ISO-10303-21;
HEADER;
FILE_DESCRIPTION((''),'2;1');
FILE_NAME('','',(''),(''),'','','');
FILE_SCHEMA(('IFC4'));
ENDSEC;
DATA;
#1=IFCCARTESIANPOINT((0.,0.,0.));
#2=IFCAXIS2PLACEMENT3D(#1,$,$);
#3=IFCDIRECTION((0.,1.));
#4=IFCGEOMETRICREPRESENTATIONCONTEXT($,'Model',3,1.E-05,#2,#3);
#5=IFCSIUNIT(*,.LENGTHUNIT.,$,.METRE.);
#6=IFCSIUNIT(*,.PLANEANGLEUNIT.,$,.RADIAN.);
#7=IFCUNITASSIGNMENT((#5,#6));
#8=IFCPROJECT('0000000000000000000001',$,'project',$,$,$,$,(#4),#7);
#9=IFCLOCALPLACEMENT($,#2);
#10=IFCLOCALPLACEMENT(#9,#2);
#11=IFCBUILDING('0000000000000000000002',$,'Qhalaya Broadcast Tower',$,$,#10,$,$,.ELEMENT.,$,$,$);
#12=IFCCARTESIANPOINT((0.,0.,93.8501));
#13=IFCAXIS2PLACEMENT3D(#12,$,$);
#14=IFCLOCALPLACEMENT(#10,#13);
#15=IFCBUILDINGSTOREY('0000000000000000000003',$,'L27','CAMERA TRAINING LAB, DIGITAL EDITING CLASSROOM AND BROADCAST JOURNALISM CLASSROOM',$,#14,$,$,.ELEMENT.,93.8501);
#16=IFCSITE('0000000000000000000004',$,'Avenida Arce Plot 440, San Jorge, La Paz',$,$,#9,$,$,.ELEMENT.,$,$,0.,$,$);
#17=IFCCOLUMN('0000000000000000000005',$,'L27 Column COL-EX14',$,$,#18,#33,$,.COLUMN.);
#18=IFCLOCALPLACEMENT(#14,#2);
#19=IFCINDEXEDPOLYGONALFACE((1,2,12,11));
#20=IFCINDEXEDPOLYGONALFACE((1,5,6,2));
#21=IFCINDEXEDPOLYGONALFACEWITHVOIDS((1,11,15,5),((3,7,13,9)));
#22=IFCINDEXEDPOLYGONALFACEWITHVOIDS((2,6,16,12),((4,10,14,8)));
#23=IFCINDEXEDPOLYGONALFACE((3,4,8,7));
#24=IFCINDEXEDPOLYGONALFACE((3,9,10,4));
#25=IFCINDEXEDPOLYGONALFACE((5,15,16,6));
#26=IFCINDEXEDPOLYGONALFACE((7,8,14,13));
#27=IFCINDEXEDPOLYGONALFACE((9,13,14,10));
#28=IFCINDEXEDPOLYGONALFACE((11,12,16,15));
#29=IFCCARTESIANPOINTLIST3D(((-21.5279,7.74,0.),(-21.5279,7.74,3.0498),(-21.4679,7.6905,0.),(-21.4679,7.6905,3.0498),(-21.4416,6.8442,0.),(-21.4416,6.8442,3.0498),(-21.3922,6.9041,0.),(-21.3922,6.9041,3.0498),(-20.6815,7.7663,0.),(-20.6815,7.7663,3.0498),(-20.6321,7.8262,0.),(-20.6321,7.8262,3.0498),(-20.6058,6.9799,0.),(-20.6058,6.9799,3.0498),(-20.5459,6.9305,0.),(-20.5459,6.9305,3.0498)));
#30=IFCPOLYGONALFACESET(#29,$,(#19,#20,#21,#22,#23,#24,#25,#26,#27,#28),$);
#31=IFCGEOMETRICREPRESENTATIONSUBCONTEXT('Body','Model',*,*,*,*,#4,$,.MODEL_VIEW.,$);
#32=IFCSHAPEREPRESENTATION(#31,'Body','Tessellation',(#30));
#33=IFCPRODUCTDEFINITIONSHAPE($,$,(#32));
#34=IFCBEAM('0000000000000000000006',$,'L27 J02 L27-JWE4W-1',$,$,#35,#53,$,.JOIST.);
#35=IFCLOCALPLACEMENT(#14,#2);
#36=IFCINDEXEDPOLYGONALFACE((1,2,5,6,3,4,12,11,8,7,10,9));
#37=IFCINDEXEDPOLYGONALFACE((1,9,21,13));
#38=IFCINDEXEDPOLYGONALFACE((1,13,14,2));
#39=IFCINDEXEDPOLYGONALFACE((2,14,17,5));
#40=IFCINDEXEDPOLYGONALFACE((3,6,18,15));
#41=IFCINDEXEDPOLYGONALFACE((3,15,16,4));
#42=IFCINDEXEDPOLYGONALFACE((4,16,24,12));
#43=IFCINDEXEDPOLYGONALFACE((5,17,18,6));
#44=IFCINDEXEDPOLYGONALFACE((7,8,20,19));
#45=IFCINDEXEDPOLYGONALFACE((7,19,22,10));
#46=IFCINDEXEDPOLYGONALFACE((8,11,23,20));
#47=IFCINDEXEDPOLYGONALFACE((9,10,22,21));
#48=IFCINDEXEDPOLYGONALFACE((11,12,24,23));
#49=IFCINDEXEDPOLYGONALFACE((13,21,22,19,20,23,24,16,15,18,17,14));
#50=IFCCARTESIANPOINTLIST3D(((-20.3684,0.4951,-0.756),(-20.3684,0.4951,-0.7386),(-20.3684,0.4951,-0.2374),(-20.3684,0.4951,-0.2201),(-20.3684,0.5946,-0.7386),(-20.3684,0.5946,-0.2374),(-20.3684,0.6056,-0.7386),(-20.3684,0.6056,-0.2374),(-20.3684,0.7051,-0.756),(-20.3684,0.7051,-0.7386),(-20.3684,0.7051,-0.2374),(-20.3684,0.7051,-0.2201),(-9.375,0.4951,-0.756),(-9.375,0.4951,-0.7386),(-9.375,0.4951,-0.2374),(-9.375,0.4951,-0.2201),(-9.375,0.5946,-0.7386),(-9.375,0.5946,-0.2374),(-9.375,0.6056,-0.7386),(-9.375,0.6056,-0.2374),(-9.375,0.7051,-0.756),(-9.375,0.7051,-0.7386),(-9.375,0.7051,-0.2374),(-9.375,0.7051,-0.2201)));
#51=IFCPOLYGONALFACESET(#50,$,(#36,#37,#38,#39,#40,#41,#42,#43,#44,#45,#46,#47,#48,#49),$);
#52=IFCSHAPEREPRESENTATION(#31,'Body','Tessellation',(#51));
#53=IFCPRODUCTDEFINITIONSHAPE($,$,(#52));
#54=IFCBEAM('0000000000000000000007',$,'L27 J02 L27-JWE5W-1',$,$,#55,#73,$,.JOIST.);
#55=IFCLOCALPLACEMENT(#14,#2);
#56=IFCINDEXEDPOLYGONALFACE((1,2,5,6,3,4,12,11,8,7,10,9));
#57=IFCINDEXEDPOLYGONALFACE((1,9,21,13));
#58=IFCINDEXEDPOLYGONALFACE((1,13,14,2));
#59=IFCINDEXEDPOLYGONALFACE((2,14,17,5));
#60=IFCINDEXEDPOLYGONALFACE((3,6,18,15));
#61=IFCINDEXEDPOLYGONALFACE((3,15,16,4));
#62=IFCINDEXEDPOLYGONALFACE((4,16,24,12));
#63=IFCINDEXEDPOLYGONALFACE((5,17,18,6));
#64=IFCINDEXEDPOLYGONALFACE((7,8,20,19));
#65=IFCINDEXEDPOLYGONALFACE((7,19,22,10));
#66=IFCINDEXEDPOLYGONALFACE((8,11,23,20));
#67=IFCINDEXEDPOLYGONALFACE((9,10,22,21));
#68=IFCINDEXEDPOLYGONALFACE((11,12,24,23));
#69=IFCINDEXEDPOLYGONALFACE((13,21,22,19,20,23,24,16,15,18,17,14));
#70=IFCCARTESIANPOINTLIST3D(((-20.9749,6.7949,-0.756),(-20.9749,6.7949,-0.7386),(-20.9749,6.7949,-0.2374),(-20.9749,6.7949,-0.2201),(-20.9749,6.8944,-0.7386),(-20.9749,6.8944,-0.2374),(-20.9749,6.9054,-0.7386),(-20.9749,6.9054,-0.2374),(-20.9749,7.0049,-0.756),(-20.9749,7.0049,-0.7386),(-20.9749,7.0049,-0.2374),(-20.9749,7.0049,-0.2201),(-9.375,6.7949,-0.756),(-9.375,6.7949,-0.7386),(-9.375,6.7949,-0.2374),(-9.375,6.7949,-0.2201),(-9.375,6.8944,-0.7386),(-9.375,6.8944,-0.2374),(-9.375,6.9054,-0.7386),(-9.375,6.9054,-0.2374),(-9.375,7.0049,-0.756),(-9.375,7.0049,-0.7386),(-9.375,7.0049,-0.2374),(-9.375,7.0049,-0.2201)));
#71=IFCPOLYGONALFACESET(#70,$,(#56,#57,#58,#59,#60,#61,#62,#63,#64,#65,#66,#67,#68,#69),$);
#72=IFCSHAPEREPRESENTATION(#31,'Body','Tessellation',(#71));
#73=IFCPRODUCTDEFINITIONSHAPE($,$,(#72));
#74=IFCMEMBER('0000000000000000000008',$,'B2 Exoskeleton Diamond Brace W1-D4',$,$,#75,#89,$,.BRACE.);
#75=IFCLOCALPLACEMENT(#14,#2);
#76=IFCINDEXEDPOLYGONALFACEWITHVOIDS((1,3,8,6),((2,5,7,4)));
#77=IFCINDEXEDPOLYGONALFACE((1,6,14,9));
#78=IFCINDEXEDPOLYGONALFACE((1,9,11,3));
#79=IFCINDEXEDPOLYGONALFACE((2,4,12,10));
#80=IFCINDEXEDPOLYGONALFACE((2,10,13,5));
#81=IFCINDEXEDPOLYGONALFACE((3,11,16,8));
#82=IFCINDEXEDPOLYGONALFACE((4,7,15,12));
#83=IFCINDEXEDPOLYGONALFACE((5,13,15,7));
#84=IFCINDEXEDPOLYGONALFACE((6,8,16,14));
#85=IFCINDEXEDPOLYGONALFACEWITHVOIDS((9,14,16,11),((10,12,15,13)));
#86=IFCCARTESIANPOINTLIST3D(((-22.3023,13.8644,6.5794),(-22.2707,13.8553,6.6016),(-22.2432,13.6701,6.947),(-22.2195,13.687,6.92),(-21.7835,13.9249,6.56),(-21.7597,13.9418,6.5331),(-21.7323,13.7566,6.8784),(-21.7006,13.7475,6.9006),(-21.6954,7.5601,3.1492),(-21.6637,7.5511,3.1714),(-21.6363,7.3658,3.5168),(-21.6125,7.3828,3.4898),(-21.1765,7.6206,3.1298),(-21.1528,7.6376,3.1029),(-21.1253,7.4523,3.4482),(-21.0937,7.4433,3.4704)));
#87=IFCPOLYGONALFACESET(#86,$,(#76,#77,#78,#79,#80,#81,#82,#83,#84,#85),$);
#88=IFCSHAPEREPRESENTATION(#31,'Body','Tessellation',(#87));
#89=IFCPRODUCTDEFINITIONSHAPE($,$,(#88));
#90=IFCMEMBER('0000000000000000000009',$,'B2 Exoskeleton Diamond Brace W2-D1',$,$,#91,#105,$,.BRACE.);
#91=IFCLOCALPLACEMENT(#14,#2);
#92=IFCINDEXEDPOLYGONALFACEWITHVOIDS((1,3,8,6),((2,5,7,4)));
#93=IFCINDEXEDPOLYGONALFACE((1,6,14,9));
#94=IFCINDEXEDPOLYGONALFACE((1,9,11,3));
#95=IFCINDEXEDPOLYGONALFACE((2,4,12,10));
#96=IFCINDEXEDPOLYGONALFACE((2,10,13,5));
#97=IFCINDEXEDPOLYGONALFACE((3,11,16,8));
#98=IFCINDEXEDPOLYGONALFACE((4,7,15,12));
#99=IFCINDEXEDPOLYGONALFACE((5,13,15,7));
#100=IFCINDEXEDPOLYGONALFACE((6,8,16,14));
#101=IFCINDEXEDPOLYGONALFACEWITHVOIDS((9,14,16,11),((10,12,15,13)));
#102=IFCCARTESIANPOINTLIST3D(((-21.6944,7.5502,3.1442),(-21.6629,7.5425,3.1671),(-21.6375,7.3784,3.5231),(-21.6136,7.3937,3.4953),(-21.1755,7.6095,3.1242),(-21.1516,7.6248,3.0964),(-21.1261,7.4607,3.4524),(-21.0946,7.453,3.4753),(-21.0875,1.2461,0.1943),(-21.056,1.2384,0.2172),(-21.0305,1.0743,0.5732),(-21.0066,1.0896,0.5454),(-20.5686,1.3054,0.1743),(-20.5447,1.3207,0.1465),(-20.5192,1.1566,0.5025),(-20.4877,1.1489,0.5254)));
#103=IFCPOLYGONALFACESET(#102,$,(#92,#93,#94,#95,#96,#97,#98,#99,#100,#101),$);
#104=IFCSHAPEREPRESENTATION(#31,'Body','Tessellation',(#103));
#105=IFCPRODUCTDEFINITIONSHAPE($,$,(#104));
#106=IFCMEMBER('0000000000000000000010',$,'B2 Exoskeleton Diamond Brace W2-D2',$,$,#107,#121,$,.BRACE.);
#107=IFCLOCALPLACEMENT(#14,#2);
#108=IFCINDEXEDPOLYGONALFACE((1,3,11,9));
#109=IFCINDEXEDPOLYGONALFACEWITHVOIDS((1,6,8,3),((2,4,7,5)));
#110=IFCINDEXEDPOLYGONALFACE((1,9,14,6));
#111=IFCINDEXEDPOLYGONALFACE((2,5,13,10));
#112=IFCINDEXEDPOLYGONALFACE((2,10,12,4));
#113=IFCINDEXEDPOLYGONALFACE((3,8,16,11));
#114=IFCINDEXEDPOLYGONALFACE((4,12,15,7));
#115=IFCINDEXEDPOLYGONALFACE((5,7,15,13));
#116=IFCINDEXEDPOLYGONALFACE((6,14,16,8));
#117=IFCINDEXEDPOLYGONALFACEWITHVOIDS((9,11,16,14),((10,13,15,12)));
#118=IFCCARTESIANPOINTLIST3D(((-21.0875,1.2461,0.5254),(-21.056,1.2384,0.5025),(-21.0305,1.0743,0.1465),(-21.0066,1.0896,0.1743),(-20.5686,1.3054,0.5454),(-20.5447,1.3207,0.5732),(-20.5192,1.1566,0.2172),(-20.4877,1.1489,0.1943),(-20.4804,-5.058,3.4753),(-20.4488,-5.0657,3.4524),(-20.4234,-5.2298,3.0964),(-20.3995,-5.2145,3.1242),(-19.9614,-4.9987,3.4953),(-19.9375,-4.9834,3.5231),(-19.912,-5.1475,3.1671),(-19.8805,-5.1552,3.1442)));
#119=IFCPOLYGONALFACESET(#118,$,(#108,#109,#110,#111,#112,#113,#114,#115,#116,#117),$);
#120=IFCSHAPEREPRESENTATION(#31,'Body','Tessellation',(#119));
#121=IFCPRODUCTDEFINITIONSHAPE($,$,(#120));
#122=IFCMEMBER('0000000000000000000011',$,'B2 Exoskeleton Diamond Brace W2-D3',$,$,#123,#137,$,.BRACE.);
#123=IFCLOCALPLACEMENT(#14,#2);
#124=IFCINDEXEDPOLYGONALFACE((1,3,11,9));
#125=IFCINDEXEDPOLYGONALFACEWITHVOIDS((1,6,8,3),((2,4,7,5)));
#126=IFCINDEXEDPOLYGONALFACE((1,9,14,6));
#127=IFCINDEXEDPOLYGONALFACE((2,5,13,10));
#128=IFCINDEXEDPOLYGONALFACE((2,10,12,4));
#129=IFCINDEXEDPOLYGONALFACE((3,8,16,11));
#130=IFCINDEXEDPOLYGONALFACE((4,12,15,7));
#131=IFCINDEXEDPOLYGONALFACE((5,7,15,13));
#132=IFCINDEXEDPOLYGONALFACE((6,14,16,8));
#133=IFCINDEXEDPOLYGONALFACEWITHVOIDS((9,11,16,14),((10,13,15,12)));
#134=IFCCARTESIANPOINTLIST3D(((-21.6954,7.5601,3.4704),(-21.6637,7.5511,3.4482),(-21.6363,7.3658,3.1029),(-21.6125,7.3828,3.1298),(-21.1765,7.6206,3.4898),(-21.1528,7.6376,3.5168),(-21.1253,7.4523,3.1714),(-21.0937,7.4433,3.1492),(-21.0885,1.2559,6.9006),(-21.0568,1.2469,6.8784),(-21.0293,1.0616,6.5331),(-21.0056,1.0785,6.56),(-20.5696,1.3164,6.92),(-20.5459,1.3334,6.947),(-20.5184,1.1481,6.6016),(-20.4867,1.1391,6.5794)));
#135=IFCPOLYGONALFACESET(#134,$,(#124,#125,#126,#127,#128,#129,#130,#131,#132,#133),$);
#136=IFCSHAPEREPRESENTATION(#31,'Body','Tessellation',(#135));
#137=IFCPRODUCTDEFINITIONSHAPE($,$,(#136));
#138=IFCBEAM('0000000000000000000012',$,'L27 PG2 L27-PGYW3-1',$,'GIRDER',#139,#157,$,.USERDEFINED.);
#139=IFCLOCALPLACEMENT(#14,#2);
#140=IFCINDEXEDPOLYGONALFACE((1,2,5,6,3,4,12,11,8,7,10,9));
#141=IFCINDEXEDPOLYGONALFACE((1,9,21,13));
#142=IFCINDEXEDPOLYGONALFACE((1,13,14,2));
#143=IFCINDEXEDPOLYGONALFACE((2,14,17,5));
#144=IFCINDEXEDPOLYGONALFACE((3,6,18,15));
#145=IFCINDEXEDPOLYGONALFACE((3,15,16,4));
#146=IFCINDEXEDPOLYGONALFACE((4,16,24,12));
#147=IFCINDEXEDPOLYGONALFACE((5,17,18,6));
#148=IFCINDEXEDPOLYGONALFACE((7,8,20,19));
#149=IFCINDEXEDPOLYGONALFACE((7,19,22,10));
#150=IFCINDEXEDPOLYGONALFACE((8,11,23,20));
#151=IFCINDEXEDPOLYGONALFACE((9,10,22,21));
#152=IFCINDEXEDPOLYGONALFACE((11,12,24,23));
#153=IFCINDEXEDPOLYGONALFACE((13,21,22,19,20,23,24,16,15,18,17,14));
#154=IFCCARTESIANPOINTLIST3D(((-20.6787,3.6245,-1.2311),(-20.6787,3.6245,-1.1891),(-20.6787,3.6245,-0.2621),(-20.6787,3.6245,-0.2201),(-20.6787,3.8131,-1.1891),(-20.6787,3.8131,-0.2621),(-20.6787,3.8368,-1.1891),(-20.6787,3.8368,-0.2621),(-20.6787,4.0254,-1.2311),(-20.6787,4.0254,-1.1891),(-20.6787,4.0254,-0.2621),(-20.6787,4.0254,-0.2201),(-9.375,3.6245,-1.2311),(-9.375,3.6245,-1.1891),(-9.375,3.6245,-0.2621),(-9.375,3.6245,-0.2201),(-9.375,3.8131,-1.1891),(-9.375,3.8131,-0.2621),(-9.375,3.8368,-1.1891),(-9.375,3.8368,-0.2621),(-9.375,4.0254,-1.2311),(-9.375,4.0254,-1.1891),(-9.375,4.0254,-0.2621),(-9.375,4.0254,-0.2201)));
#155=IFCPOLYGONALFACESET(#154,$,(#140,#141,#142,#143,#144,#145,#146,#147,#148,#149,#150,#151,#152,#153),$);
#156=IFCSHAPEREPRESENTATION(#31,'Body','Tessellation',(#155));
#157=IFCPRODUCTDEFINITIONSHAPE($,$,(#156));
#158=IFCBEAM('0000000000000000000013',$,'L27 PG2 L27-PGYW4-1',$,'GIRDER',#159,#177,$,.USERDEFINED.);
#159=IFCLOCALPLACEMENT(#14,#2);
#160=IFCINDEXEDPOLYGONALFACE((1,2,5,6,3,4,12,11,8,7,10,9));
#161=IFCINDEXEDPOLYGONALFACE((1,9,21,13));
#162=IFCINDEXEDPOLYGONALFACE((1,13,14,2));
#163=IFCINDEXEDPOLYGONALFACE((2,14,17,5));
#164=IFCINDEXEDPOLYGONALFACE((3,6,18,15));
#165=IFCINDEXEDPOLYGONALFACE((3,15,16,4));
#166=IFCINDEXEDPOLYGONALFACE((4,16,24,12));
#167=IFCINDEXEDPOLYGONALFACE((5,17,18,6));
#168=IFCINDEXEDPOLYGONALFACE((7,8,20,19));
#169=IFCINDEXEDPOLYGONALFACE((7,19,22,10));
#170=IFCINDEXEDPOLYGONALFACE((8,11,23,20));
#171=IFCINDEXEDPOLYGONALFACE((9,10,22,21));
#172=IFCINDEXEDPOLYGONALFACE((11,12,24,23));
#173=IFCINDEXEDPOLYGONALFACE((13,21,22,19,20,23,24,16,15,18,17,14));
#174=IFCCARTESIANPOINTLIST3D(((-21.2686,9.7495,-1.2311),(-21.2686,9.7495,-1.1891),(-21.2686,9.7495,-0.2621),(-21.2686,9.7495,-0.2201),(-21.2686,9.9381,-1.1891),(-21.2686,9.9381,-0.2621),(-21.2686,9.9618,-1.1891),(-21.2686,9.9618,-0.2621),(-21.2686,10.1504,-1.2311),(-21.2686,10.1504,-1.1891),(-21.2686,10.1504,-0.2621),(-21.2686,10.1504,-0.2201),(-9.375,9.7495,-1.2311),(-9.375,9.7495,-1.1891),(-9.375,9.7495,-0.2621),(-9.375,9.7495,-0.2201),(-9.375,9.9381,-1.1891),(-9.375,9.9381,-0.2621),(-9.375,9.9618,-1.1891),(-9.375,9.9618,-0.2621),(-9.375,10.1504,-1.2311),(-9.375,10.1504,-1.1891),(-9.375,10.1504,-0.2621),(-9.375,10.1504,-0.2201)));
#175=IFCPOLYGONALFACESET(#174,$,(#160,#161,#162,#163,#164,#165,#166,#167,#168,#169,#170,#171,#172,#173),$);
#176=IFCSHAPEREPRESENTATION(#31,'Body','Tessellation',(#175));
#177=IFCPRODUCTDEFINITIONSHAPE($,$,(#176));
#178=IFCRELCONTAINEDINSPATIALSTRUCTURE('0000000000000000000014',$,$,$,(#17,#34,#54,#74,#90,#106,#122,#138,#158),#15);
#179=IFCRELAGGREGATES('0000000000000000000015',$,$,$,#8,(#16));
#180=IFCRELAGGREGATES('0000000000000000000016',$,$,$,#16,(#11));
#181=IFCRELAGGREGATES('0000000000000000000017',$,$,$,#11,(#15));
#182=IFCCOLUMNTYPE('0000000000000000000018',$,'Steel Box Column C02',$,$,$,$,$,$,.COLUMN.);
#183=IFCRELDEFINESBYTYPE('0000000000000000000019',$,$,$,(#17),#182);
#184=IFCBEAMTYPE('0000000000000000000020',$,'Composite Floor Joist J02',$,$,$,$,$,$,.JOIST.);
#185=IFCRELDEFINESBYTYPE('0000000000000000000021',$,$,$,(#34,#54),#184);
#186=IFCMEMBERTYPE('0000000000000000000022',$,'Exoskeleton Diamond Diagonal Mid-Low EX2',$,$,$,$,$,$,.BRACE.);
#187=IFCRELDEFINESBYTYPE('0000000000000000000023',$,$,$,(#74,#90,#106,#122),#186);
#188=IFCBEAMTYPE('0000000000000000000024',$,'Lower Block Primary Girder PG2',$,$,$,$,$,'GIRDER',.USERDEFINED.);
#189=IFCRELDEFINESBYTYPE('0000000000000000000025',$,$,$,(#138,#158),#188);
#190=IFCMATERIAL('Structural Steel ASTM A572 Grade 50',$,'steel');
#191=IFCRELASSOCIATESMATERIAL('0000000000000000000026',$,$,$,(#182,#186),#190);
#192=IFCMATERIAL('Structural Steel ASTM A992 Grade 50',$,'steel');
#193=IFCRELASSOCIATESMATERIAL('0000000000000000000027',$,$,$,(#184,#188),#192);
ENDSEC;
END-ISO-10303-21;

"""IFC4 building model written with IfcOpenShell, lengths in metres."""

from ifc_helpers import new_model, si_unit, direction, frame, origin, origin_2d, place, context, subcontext, project, spatial, hollow_rectangle, i_section, extrude, material, material_profile, profile_set, type_object, element, save


model = new_model("IFC4")

# Units and contexts
model_context = context("Model", 3, precision=1e-05, world=origin(), true_north=direction((0.0, 1.0)))
body_context = subcontext(model_context, "Body", "Model", "MODEL_VIEW")
ifc_project = project(units=[si_unit("LENGTHUNIT", "METRE"), si_unit("PLANEANGLEUNIT", "RADIAN")], contexts=[model_context])

# Site, building, storey
site_placement = place(None, origin())
site = spatial("IfcSite", under=ifc_project, at=site_placement, Name="Avenida Arce Plot 440, San Jorge, La Paz", CompositionType="ELEMENT", RefElevation=0.0)
building_placement = place(site_placement, origin())
building = spatial("IfcBuilding", under=site, at=building_placement, Name="Qhalaya Broadcast Tower", CompositionType="ELEMENT")
storey_placement = place(building_placement, frame((0.0, 0.0, 93.8501)))
storey = spatial("IfcBuildingStorey", under=building, at=storey_placement, Name="L27", Description="CAMERA TRAINING LAB, DIGITAL EDITING CLASSROOM AND BROADCAST JOURNALISM CLASSROOM", CompositionType="ELEMENT", Elevation=93.8501)

# Column
ifc_material_1 = material(Name="Structural Steel ASTM A572 Grade 50", Category="steel")
ifc_material_profile_1 = material_profile(ifc_material_1, hollow_rectangle(XDim=0.8999, YDim=0.8999, WallThickness=0.0549, at=origin_2d()), Name="BOX 900x900x55")
ifc_profile_set_1 = profile_set([ifc_material_profile_1], Name="Structural Steel ASTM A572 Grade 50")
column_type = type_object("IfcColumnType", Name="Steel Box Column C02", PredefinedType="COLUMN", material=ifc_profile_set_1)
column_placement = place(storey_placement, frame((-21.0369, 7.3352, 0.0), z_axis=(0.0, 0.0, 1.0), x_axis=(-0.095846, 0.995396, 0.0)))
element("IfcColumn", 1, at=column_placement, inside=storey, type_object=column_type, Name="L27 Column COL-EX14", PredefinedType="COLUMN", context=body_context, shape_type="SweptSolid", body=[
    extrude(hollow_rectangle(XDim=0.8999, YDim=0.8999, WallThickness=0.0549, at=origin_2d()), origin(), (0.0, 0.0, 1.0), 3.0498),
])

# Beams
ifc_material_2 = material(Name="Structural Steel ASTM A992 Grade 50", Category="steel")
ifc_material_profile_2 = material_profile(ifc_material_2, i_section(OverallWidth=0.21, OverallDepth=0.5359, WebThickness=0.011, FlangeThickness=0.0173, at=origin_2d()), Name="W21X68")
ifc_profile_set_2 = profile_set([ifc_material_profile_2], Name="Structural Steel ASTM A992 Grade 50")
beam_type_1 = type_object("IfcBeamType", Name="Composite Floor Joist J02", PredefinedType="JOIST", material=ifc_profile_set_2)
beam_1_placement = place(storey_placement, frame((-20.3684, 0.6001, -0.488), z_axis=(1.0, 0.0, 0.0), x_axis=(0.0, 1.0, 0.0)))
element("IfcBeam", 2, at=beam_1_placement, inside=storey, type_object=beam_type_1, Name="L27 J02 L27-JWE4W-1", PredefinedType="JOIST", context=body_context, shape_type="SweptSolid", body=[
    extrude(i_section(OverallWidth=0.21, OverallDepth=0.5359, WebThickness=0.011, FlangeThickness=0.0173, at=origin_2d()), origin(), (0.0, 0.0, 1.0), 10.9934),
])
beam_2_placement = place(storey_placement, frame((-20.9749, 6.8999, -0.488), z_axis=(1.0, 0.0, 0.0), x_axis=(0.0, 1.0, 0.0)))
element("IfcBeam", 3, at=beam_2_placement, inside=storey, type_object=beam_type_1, Name="L27 J02 L27-JWE5W-1", PredefinedType="JOIST", context=body_context, shape_type="SweptSolid", body=[
    extrude(i_section(OverallWidth=0.21, OverallDepth=0.5359, WebThickness=0.011, FlangeThickness=0.0173, at=origin_2d()), origin(), (0.0, 0.0, 1.0), 11.5999),
])

# Members
ifc_material_profile_3 = material_profile(ifc_material_1, hollow_rectangle(XDim=0.4199, YDim=0.55, WallThickness=0.0281, at=origin_2d()), Name="BOX 420x550x28")
ifc_profile_set_3 = profile_set([ifc_material_profile_3], Name="Structural Steel ASTM A572 Grade 50")
member_type = type_object("IfcMemberType", Name="Exoskeleton Diamond Diagonal Mid-Low EX2", PredefinedType="BRACE", material=ifc_profile_set_3)
member_1_placement = place(storey_placement, frame((-21.3945, 7.5017, 3.3098), z_axis=(-0.084266, 0.875268, 0.476242), x_axis=(0.140833, -0.462682, 0.875266)))
element("IfcMember", 4, at=member_1_placement, inside=storey, type_object=member_type, Name="B2 Exoskeleton Diamond Brace W1-D4", PredefinedType="BRACE", context=body_context, shape_type="SweptSolid", body=[
    extrude(hollow_rectangle(XDim=0.4199, YDim=0.55, WallThickness=0.0281, at=origin_2d()), origin(), (0.0, 0.0, 1.0), 7.2026),
])
for number, where, z_axis, x_axis, name in (
    (5, (-20.7876, 1.1975, 0.3599), (-0.08687, 0.902319, 0.422226), (0.135681, -0.409163, 0.902317), "B2 Exoskeleton Diamond Brace W2-D1"),
    (6, (-20.7876, 1.1975, 0.3599), (0.086905, -0.902316, 0.422225), (-0.135696, 0.409156, 0.902318), "B2 Exoskeleton Diamond Brace W2-D2"),
):
    element("IfcMember", number, at=place(storey_placement, frame(where, z_axis=z_axis, x_axis=x_axis)), inside=storey, type_object=member_type, Name=name, PredefinedType="BRACE", context=body_context, shape_type="SweptSolid", body=[
        extrude(hollow_rectangle(XDim=0.4199, YDim=0.55, WallThickness=0.0281, at=origin_2d()), origin(), (0.0, 0.0, 1.0), 6.9866),
    ])
member_2_placement = place(storey_placement, frame((-21.3945, 7.5017, 3.3098), z_axis=(0.084266, -0.875268, 0.476242), x_axis=(-0.140833, 0.462682, 0.875266)))
element("IfcMember", 7, at=member_2_placement, inside=storey, type_object=member_type, Name="B2 Exoskeleton Diamond Brace W2-D3", PredefinedType="BRACE", context=body_context, shape_type="SweptSolid", body=[
    extrude(hollow_rectangle(XDim=0.4199, YDim=0.55, WallThickness=0.0281, at=origin_2d()), origin(), (0.0, 0.0, 1.0), 7.2026),
])

# Beams
ifc_material_profile_4 = material_profile(ifc_material_2, i_section(OverallWidth=0.4009, OverallDepth=1.011, WebThickness=0.0237, FlangeThickness=0.042, at=origin_2d()), Name="W40X297")
ifc_profile_set_4 = profile_set([ifc_material_profile_4], Name="Structural Steel ASTM A992 Grade 50")
beam_type_2 = type_object("IfcBeamType", Name="Lower Block Primary Girder PG2", ElementType="GIRDER", PredefinedType="USERDEFINED", material=ifc_profile_set_4)
beam_3_placement = place(storey_placement, frame((-20.6787, 3.825, -0.7256), z_axis=(1.0, 0.0, 0.0), x_axis=(0.0, 1.0, 0.0)))
element("IfcBeam", 8, at=beam_3_placement, inside=storey, type_object=beam_type_2, Name="L27 PG2 L27-PGYW3-1", ObjectType="GIRDER", PredefinedType="USERDEFINED", context=body_context, shape_type="SweptSolid", body=[
    extrude(i_section(OverallWidth=0.4009, OverallDepth=1.011, WebThickness=0.0237, FlangeThickness=0.042, at=origin_2d()), origin(), (0.0, 0.0, 1.0), 11.3037),
])
beam_4_placement = place(storey_placement, frame((-21.2686, 9.95, -0.7256), z_axis=(1.0, 0.0, 0.0), x_axis=(0.0, 1.0, 0.0)))
element("IfcBeam", 9, at=beam_4_placement, inside=storey, type_object=beam_type_2, Name="L27 PG2 L27-PGYW4-1", ObjectType="GIRDER", PredefinedType="USERDEFINED", context=body_context, shape_type="SweptSolid", body=[
    extrude(i_section(OverallWidth=0.4009, OverallDepth=1.011, WebThickness=0.0237, FlangeThickness=0.042, at=origin_2d()), origin(), (0.0, 0.0, 1.0), 11.8936),
])

save(model, "model.ifc")
